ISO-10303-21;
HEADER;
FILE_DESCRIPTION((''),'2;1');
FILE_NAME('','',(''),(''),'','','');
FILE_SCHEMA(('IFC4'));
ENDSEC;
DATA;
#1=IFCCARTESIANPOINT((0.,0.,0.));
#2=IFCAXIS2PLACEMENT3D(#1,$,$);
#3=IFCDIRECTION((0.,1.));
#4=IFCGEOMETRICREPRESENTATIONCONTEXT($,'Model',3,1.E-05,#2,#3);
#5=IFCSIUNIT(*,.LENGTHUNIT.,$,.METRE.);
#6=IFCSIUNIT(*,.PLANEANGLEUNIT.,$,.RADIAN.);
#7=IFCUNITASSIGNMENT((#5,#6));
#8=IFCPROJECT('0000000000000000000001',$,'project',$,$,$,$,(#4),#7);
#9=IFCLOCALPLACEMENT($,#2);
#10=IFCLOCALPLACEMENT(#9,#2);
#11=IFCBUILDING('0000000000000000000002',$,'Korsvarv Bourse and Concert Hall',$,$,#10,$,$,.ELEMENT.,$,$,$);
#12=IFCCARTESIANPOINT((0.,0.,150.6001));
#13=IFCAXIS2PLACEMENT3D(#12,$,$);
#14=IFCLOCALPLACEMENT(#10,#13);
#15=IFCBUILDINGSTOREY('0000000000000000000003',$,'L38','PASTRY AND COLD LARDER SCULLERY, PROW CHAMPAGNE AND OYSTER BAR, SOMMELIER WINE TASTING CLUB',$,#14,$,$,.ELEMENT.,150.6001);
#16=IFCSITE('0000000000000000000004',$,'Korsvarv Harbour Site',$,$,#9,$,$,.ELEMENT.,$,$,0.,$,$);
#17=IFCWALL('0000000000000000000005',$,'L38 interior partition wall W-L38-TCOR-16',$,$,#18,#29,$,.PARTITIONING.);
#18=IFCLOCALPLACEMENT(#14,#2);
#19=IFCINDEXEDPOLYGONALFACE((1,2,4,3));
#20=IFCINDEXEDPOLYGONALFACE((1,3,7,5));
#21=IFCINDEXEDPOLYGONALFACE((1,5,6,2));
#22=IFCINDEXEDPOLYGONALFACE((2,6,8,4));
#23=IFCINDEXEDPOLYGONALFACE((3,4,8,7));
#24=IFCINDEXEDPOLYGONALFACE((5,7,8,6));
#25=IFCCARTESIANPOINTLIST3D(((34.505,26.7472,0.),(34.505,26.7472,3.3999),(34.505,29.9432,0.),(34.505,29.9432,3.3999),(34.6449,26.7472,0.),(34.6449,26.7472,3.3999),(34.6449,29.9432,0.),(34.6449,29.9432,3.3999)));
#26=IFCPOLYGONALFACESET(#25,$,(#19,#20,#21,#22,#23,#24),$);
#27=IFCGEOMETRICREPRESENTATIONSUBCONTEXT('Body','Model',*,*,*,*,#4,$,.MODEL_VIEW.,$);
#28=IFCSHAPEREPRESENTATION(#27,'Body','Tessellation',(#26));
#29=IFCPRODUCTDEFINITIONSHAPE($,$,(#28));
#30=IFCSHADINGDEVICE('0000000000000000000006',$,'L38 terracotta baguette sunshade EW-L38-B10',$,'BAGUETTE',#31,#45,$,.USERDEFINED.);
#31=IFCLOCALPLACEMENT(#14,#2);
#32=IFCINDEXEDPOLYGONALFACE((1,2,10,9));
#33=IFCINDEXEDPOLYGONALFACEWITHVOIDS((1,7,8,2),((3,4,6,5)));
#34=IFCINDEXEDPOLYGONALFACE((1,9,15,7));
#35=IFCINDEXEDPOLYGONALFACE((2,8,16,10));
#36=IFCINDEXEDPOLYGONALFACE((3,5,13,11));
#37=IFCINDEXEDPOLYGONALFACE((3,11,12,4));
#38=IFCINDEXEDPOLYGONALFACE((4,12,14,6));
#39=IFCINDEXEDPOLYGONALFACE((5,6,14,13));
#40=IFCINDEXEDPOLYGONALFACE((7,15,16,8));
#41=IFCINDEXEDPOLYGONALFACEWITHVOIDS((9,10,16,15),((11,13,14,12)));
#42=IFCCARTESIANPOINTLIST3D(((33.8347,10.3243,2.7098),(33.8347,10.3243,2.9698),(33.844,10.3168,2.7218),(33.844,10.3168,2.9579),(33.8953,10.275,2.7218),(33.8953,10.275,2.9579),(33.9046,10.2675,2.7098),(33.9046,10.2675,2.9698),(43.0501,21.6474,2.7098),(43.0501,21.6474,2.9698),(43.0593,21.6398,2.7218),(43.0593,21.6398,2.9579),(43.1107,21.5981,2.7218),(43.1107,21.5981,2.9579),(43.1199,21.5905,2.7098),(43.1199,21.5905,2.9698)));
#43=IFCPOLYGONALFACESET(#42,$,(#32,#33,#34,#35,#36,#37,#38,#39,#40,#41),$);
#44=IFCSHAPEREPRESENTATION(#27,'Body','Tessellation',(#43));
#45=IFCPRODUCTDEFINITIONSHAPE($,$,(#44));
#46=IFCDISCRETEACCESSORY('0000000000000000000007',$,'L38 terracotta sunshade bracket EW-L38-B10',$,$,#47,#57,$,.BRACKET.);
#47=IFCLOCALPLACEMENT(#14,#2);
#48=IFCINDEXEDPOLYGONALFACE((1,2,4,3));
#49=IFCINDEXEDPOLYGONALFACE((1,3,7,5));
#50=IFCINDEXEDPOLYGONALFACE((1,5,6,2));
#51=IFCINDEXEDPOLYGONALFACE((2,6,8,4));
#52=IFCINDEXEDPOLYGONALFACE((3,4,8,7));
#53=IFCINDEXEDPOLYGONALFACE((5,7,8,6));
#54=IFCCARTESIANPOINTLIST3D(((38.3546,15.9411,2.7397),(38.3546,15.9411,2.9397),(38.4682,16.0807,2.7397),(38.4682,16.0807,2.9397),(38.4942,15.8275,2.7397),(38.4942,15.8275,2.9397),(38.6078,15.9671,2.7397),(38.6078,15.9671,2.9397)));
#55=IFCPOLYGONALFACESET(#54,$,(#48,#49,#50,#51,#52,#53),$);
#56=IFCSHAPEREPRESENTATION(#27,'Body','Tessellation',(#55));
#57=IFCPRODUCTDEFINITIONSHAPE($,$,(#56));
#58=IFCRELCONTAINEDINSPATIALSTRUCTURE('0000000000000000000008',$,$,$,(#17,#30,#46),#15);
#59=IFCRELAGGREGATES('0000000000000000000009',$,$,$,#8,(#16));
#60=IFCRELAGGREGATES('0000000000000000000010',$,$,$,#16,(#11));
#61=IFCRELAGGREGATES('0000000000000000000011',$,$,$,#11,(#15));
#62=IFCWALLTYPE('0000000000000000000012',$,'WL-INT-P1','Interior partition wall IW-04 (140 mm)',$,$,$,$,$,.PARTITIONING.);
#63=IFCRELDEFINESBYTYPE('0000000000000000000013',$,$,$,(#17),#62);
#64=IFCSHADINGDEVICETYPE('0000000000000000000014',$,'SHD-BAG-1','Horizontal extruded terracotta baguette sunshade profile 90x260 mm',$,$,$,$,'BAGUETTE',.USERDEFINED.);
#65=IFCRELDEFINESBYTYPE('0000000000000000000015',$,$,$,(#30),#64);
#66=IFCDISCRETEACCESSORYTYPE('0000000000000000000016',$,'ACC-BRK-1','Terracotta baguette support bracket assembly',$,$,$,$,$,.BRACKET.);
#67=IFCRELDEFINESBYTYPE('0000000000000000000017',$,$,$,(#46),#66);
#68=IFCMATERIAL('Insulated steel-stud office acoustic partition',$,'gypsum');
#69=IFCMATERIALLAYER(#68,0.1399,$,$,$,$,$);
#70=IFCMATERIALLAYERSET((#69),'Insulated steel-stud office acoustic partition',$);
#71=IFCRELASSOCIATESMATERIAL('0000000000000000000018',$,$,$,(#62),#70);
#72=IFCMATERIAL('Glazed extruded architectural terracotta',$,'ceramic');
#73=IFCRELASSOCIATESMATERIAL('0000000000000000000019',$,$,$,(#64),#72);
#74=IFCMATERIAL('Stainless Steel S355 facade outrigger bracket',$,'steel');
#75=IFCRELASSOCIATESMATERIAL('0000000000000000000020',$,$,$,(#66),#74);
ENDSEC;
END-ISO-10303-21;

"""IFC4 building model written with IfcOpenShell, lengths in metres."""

from ifc_helpers import new_model, si_unit, direction, frame, frame_2d, origin, origin_2d, place, context, subcontext, project, spatial, rectangle, hollow_rectangle, extrude, source, transform, mapped, material, layer, layer_set, material_profile, profile_set, type_object, element, save


model = new_model("IFC4")

# Units and contexts
model_context = context("Model", 3, precision=1e-05, world=origin(), true_north=direction((0.0, 1.0)))
body_context = subcontext(model_context, "Body", "Model", "MODEL_VIEW")
ifc_project = project(units=[si_unit("LENGTHUNIT", "METRE"), si_unit("PLANEANGLEUNIT", "RADIAN")], contexts=[model_context])

# Site, building, storey
site_placement = place(None, origin())
site = spatial("IfcSite", under=ifc_project, at=site_placement, Name="Korsvarv Harbour Site", CompositionType="ELEMENT", RefElevation=0.0)
building_placement = place(site_placement, origin())
building = spatial("IfcBuilding", under=site, at=building_placement, Name="Korsvarv Bourse and Concert Hall", CompositionType="ELEMENT")
storey_placement = place(building_placement, frame((0.0, 0.0, 150.6001)))
storey = spatial("IfcBuildingStorey", under=building, at=storey_placement, Name="L38", Description="PASTRY AND COLD LARDER SCULLERY, PROW CHAMPAGNE AND OYSTER BAR, SOMMELIER WINE TASTING CLUB", CompositionType="ELEMENT", Elevation=150.6001)

# Wall
ifc_material_1 = material(Name="Insulated steel-stud office acoustic partition", Category="gypsum")
ifc_layer_1 = layer(ifc_material_1, 0.1399)
ifc_layer_set_1 = layer_set([ifc_layer_1], Name="Insulated steel-stud office acoustic partition")
wall_type_1 = type_object("IfcWallType", Name="WL-INT-P1", Description="Interior partition wall IW-04 (140 mm)", PredefinedType="PARTITIONING", material=ifc_layer_set_1)
wall_1_placement = place(storey_placement, frame((34.575, 26.7471, 0.0), z_axis=(0.0, 0.0, 1.0), x_axis=(0.0, 1.0, 0.0)))
element("IfcWall", 1, at=wall_1_placement, inside=storey, type_object=wall_type_1, Name="L38 interior partition wall W-L38-TCOR-16", PredefinedType="PARTITIONING", context=body_context, shape_type="SweptSolid", body=[
    extrude(rectangle(XDim=3.196, YDim=0.1399, at=frame_2d((1.5981, 0.0))), origin(), (0.0, 0.0, 1.0), 3.3999),
])

# Shading device
ifc_material_2 = material(Name="Glazed extruded architectural terracotta", Category="ceramic")
ifc_material_profile_1 = material_profile(ifc_material_2, hollow_rectangle(XDim=0.0901, YDim=0.26, WallThickness=0.012, at=origin_2d()), Name="TC-BAG 90x260")
ifc_profile_set_1 = profile_set([ifc_material_profile_1], Name="Glazed extruded architectural terracotta")
shading_device_type = type_object("IfcShadingDeviceType", Name="SHD-BAG-1", Description="Horizontal extruded terracotta baguette sunshade profile 90x260 mm", ElementType="BAGUETTE", PredefinedType="USERDEFINED", material=ifc_profile_set_1)
shared_shape_1 = source(origin(), body_context, "Body", "SweptSolid", [
    extrude(hollow_rectangle(XDim=0.0901, YDim=0.26, WallThickness=0.012, at=origin_2d()), origin(), (0.0, 0.0, 1.0), 14.5991),
])
shading_device_placement = place(storey_placement, frame((33.8696, 10.2959, 2.8398), z_axis=(0.631228, 0.775598, 0.0), x_axis=(-0.775598, 0.631228, 0.0)))
element("IfcShadingDevice", 2, at=shading_device_placement, inside=storey, type_object=shading_device_type, Name="L38 terracotta baguette sunshade EW-L38-B10", ObjectType="BAGUETTE", PredefinedType="USERDEFINED", context=body_context, shape_type="MappedRepresentation", body=[
    mapped(shared_shape_1, transform((0.0, 0.0, 0.0), scale=1.0)),
])

# Discrete accessory
ifc_material_3 = material(Name="Stainless Steel S355 facade outrigger bracket", Category="steel")
discrete_accessory_type = type_object("IfcDiscreteAccessoryType", Name="ACC-BRK-1", Description="Terracotta baguette support bracket assembly", PredefinedType="BRACKET", material=ifc_material_3)
shared_shape_2 = source(origin(), body_context, "Body", "SweptSolid", [
    extrude(rectangle(XDim=0.1799, YDim=0.1799, at=origin_2d()), origin(), (0.0, 0.0, 1.0), 0.2),
])
discrete_accessory_placement = place(storey_placement, frame((38.4812, 15.9541, 2.7397), z_axis=(0.0, 0.0, 1.0), x_axis=(0.631217, 0.775606, 0.0)))
element("IfcDiscreteAccessory", 3, at=discrete_accessory_placement, inside=storey, type_object=discrete_accessory_type, Name="L38 terracotta sunshade bracket EW-L38-B10", PredefinedType="BRACKET", context=body_context, shape_type="MappedRepresentation", body=[
    mapped(shared_shape_2, transform((0.0, 0.0, 0.0), scale=1.0)),
])

save(model, "model.ifc")
